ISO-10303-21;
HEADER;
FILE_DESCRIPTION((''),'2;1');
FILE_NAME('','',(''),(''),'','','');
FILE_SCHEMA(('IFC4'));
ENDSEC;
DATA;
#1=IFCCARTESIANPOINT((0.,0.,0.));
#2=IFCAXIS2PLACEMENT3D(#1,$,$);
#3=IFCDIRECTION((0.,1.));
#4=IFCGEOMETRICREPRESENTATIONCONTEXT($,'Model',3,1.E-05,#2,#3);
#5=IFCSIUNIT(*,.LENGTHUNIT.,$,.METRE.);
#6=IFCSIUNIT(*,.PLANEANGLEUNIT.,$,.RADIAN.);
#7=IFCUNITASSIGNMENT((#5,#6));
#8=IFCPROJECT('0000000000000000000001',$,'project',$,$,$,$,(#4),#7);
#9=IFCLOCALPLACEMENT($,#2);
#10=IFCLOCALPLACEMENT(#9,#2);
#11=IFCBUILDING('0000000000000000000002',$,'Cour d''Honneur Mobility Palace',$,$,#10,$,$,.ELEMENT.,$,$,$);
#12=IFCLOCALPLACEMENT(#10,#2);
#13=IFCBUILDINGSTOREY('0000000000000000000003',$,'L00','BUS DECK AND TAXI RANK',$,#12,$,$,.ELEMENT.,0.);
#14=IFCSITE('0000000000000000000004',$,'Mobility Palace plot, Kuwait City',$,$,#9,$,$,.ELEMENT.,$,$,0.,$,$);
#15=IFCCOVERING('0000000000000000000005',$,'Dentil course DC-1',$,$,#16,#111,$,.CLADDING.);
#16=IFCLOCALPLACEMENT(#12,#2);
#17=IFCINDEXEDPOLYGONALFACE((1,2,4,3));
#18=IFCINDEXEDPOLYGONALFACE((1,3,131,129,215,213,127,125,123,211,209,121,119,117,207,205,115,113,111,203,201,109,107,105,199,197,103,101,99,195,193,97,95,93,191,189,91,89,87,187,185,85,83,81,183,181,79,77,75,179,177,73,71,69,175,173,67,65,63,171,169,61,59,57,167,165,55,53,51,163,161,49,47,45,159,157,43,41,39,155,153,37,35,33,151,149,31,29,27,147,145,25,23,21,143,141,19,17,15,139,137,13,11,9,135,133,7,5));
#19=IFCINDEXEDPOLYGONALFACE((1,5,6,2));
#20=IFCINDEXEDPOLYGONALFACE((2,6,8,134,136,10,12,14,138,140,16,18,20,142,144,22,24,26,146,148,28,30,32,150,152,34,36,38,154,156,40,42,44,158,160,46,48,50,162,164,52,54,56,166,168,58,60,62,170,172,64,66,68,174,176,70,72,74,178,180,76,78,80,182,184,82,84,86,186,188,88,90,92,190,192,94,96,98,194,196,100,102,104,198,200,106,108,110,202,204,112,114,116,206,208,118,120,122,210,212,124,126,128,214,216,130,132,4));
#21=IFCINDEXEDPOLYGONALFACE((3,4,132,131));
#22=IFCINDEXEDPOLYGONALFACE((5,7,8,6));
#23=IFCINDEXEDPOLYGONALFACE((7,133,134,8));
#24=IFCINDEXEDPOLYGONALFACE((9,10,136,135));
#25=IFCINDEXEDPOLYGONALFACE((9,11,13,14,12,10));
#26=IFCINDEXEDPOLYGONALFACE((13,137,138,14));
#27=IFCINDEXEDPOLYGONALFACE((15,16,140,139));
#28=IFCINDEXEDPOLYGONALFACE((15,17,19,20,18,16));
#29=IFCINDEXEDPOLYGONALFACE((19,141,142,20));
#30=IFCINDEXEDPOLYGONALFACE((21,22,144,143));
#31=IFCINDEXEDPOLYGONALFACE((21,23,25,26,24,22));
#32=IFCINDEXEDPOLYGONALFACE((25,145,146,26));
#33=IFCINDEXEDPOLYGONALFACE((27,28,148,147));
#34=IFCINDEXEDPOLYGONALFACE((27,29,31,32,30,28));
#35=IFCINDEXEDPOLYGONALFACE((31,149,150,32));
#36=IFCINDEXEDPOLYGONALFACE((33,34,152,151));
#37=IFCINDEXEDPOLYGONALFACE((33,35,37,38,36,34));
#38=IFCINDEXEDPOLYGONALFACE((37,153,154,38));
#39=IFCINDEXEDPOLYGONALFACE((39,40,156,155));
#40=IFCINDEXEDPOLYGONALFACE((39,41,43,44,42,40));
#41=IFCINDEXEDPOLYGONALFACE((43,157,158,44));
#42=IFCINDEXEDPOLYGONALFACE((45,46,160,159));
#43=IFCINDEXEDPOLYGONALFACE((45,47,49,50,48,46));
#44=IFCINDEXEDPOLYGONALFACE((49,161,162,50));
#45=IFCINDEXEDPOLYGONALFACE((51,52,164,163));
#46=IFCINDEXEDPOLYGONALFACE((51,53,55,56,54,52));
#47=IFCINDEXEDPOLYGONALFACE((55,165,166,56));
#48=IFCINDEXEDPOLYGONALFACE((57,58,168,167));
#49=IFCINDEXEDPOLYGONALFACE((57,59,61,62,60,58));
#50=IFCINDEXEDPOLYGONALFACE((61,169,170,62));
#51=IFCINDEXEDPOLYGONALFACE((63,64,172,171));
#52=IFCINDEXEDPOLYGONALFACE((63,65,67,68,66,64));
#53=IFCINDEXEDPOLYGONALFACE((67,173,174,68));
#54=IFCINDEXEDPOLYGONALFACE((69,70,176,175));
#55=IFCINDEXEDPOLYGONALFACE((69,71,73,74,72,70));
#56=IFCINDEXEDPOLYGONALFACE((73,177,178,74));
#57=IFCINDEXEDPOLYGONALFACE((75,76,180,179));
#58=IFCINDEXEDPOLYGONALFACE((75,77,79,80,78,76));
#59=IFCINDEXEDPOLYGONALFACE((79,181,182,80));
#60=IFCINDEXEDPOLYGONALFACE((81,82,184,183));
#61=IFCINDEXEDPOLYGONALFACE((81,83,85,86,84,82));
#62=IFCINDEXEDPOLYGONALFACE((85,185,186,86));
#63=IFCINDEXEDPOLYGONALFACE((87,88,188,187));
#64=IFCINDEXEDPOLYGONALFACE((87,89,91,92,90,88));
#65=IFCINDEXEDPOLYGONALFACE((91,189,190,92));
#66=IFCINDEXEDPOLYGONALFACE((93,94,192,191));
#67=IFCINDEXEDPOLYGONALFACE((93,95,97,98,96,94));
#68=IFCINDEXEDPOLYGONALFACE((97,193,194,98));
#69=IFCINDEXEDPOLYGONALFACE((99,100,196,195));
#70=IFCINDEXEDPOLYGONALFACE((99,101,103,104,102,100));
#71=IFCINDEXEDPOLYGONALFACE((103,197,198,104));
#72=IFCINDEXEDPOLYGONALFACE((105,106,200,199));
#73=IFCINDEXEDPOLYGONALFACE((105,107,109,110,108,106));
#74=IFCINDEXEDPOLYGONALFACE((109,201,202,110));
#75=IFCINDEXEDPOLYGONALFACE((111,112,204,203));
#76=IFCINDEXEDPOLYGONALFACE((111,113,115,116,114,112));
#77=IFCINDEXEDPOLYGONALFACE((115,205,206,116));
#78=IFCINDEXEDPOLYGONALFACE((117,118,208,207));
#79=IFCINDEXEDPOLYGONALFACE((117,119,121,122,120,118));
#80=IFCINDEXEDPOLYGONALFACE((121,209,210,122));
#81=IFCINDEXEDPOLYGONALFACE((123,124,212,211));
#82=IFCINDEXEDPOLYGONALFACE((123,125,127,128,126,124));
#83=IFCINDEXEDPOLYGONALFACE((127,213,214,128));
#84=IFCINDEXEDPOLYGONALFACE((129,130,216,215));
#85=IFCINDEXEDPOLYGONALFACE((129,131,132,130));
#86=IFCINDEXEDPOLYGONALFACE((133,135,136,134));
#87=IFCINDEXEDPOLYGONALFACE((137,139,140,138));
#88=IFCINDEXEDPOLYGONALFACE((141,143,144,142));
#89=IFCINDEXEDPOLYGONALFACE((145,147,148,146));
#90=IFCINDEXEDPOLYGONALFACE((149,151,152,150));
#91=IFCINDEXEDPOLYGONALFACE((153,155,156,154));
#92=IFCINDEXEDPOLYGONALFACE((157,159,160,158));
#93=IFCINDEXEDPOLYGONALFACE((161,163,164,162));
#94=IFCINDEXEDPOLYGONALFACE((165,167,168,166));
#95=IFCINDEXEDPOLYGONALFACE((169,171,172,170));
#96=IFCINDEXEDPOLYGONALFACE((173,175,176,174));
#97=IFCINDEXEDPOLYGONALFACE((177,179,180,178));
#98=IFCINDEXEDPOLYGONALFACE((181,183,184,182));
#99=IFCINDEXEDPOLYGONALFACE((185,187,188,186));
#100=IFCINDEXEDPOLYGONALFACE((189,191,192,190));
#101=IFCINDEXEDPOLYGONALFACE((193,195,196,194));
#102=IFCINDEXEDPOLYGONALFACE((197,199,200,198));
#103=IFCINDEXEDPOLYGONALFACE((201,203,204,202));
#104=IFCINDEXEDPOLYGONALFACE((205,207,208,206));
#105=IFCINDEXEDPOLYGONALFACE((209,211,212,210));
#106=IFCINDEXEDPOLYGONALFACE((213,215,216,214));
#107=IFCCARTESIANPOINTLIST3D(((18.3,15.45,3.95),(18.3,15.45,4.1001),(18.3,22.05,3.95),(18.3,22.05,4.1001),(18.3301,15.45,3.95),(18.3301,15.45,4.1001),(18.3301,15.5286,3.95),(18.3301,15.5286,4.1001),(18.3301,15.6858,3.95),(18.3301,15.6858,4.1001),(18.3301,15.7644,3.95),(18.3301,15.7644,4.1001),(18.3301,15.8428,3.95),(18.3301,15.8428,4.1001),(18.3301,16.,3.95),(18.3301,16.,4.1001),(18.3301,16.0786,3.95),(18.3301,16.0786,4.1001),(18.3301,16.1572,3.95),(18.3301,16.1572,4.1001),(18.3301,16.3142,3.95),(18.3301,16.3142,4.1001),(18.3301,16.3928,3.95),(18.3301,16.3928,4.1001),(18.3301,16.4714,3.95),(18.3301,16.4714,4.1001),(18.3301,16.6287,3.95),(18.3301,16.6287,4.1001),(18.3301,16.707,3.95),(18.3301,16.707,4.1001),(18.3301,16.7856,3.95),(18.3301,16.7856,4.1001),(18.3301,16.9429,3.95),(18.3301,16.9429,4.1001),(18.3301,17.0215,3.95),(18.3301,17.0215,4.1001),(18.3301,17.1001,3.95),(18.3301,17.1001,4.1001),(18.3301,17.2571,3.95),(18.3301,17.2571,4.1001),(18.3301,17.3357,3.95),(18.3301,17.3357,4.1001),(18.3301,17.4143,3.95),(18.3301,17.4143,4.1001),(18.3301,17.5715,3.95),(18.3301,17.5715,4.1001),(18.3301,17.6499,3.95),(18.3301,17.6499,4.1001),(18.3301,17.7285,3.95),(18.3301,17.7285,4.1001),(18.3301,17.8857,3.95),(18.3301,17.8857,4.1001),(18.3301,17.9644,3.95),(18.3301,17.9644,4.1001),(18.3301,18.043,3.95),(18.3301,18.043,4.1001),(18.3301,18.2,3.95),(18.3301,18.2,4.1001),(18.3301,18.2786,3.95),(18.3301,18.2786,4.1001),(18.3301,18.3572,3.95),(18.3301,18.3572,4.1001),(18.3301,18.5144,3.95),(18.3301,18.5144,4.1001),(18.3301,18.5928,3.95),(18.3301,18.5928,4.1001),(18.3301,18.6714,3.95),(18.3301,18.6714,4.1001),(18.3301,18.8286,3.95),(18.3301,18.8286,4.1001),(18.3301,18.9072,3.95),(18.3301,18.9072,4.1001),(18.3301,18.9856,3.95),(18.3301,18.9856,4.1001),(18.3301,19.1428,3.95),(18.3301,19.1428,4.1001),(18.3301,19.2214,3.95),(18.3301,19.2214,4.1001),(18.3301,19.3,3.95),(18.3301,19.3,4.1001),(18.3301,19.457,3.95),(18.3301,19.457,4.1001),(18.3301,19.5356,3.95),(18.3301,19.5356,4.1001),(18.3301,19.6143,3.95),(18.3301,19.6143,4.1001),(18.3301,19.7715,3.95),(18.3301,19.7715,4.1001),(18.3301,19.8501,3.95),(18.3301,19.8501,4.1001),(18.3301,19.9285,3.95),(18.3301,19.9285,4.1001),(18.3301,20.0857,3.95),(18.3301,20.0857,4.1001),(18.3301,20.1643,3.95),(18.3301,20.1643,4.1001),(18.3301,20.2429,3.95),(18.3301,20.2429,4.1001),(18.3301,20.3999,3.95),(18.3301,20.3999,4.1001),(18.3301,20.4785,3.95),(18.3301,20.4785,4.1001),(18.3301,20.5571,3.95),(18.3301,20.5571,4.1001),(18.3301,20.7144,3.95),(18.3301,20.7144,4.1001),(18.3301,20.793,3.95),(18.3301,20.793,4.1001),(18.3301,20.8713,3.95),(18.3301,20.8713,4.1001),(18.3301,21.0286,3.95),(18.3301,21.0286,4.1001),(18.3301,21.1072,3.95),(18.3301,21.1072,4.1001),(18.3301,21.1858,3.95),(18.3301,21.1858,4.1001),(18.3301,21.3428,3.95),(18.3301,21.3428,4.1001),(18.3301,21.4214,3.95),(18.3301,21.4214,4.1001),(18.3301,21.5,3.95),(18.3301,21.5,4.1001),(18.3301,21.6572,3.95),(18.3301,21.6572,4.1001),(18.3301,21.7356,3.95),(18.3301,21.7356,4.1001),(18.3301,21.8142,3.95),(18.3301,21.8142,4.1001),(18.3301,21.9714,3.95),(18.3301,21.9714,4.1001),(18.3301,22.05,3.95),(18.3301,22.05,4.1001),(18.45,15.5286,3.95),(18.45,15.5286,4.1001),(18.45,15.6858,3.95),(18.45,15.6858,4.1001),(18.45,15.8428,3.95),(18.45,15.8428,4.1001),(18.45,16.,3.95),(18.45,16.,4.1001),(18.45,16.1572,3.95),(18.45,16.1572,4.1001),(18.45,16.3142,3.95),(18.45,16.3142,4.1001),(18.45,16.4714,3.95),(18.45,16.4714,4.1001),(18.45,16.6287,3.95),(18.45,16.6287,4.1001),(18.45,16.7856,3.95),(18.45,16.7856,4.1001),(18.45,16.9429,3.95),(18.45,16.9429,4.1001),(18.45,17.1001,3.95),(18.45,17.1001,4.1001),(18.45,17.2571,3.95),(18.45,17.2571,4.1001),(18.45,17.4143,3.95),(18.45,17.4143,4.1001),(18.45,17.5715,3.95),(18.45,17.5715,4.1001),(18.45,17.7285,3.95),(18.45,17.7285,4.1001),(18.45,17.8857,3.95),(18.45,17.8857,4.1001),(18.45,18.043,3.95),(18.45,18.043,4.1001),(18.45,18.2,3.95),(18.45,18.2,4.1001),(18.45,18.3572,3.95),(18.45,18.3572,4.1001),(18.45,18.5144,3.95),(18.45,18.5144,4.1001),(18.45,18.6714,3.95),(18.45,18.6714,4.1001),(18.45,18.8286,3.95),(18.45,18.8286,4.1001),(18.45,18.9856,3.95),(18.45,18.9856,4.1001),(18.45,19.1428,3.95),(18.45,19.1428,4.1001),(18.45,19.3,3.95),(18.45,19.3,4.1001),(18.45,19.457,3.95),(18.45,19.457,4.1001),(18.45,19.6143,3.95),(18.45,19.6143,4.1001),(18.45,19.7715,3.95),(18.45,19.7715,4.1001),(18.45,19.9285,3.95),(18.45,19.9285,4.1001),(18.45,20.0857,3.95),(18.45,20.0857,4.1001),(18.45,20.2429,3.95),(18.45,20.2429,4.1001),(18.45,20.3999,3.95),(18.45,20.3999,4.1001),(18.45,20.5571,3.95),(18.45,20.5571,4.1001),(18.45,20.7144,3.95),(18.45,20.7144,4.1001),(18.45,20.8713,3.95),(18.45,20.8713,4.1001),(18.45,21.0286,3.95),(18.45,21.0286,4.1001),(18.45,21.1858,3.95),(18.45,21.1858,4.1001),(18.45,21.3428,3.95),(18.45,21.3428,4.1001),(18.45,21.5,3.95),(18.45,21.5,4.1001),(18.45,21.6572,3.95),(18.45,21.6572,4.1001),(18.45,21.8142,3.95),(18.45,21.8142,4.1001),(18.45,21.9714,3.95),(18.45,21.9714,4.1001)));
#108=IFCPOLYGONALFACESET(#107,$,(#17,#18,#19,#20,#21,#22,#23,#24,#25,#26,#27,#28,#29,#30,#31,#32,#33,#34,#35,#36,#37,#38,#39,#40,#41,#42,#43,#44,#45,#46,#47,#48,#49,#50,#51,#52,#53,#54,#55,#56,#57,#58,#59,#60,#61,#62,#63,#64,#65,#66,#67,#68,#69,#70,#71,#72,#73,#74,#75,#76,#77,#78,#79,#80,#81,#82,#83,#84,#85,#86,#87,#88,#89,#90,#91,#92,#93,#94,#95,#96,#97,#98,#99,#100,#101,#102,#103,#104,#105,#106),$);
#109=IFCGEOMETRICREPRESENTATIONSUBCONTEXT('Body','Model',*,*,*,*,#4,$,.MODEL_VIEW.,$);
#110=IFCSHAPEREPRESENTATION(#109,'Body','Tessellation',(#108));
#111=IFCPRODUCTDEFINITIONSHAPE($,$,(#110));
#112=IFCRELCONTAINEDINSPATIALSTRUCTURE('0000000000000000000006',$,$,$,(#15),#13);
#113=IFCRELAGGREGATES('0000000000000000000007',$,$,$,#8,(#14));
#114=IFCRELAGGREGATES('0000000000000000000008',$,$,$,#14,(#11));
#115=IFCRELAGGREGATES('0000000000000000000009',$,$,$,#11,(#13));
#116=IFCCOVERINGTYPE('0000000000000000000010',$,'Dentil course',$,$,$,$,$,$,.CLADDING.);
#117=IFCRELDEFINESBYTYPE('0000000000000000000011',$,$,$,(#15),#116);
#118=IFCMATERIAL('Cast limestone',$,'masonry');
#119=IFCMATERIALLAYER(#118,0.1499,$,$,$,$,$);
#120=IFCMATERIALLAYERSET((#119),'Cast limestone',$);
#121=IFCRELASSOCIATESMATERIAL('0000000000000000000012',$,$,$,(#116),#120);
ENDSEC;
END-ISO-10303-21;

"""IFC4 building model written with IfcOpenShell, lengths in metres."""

from ifc_helpers import new_model, si_unit, direction, frame, origin, place, context, subcontext, project, spatial, polyline, outline, extrude, material, layer, layer_set, type_object, element, save


model = new_model("IFC4")

# Units and contexts
model_context = context("Model", 3, precision=1e-05, world=origin(), true_north=direction((0.0, 1.0)))
body_context = subcontext(model_context, "Body", "Model", "MODEL_VIEW")
ifc_project = project(units=[si_unit("LENGTHUNIT", "METRE"), si_unit("PLANEANGLEUNIT", "RADIAN")], contexts=[model_context])

# Site, building, storey
site_placement = place(None, origin())
site = spatial("IfcSite", under=ifc_project, at=site_placement, Name="Mobility Palace plot, Kuwait City", CompositionType="ELEMENT", RefElevation=0.0)
building_placement = place(site_placement, origin())
building = spatial("IfcBuilding", under=site, at=building_placement, Name="Cour d'Honneur Mobility Palace", CompositionType="ELEMENT")
storey_placement = place(building_placement, origin())
storey = spatial("IfcBuildingStorey", under=building, at=storey_placement, Name="L00", Description="BUS DECK AND TAXI RANK", CompositionType="ELEMENT", Elevation=0.0)

# Covering
ifc_material_1 = material(Name="Cast limestone", Category="masonry")
ifc_layer_1 = layer(ifc_material_1, 0.1499)
ifc_layer_set_1 = layer_set([ifc_layer_1], Name="Cast limestone")
covering_type_1 = type_object("IfcCoveringType", Name="Dentil course", PredefinedType="CLADDING", material=ifc_layer_set_1)
covering_1_placement = place(storey_placement, frame((0.0, 0.0, 3.95)))
element("IfcCovering", 1, at=covering_1_placement, inside=storey, type_object=covering_type_1, Name="Dentil course DC-1", PredefinedType="CLADDING", context=body_context, shape_type="SweptSolid", body=[
    extrude(outline(polyline([(18.3, 15.45), (18.3, 22.05), (18.3301, 22.05), (18.3301, 22.05), (18.3301, 21.9714), (18.45, 21.9714), (18.45, 21.8142), (18.3301, 21.8142), (18.3301, 21.7356), (18.3301, 21.7356), (18.3301, 21.6572), (18.45, 21.6572), (18.45, 21.5), (18.3301, 21.5), (18.3301, 21.4214), (18.3301, 21.4214), (18.3301, 21.3428), (18.45, 21.3428), (18.45, 21.1858), (18.3301, 21.1858), (18.3301, 21.1072), (18.3301, 21.1072), (18.3301, 21.0286), (18.45, 21.0286), (18.45, 20.8713), (18.3301, 20.8713), (18.3301, 20.793), (18.3301, 20.793), (18.3301, 20.7144), (18.45, 20.7144), (18.45, 20.5571), (18.3301, 20.5571), (18.3301, 20.4785), (18.3301, 20.4785), (18.3301, 20.3999), (18.45, 20.3999), (18.45, 20.2429), (18.3301, 20.2429), (18.3301, 20.1643), (18.3301, 20.1643), (18.3301, 20.0857), (18.45, 20.0857), (18.45, 19.9285), (18.3301, 19.9285), (18.3301, 19.8501), (18.3301, 19.8501), (18.3301, 19.7715), (18.45, 19.7715), (18.45, 19.6143), (18.3301, 19.6143), (18.3301, 19.5356), (18.3301, 19.5356), (18.3301, 19.457), (18.45, 19.457), (18.45, 19.3), (18.3301, 19.3), (18.3301, 19.2214), (18.3301, 19.2214), (18.3301, 19.1428), (18.45, 19.1428), (18.45, 18.9856), (18.3301, 18.9856), (18.3301, 18.9072), (18.3301, 18.9072), (18.3301, 18.8286), (18.45, 18.8286), (18.45, 18.6714), (18.3301, 18.6714), (18.3301, 18.5928), (18.3301, 18.5928), (18.3301, 18.5144), (18.45, 18.5144), (18.45, 18.3572), (18.3301, 18.3572), (18.3301, 18.2786), (18.3301, 18.2786), (18.3301, 18.2), (18.45, 18.2), (18.45, 18.043), (18.3301, 18.043), (18.3301, 17.9644), (18.3301, 17.9644), (18.3301, 17.8857), (18.45, 17.8857), (18.45, 17.7285), (18.3301, 17.7285), (18.3301, 17.6499), (18.3301, 17.6499), (18.3301, 17.5715), (18.45, 17.5715), (18.45, 17.4143), (18.3301, 17.4143), (18.3301, 17.3357), (18.3301, 17.3357), (18.3301, 17.2571), (18.45, 17.2571), (18.45, 17.1001), (18.3301, 17.1001), (18.3301, 17.0215), (18.3301, 17.0215), (18.3301, 16.9429), (18.45, 16.9429), (18.45, 16.7856), (18.3301, 16.7856), (18.3301, 16.707), (18.3301, 16.707), (18.3301, 16.6287), (18.45, 16.6287), (18.45, 16.4714), (18.3301, 16.4714), (18.3301, 16.3928), (18.3301, 16.3928), (18.3301, 16.3142), (18.45, 16.3142), (18.45, 16.1572), (18.3301, 16.1572), (18.3301, 16.0786), (18.3301, 16.0786), (18.3301, 16.0), (18.45, 16.0), (18.45, 15.8428), (18.3301, 15.8428), (18.3301, 15.7644), (18.3301, 15.7644), (18.3301, 15.6858), (18.45, 15.6858), (18.45, 15.5286), (18.3301, 15.5286), (18.3301, 15.45), (18.3, 15.45)])), origin(), (0.0, 0.0, 1.0), 0.1501),
])

save(model, "model.ifc")
